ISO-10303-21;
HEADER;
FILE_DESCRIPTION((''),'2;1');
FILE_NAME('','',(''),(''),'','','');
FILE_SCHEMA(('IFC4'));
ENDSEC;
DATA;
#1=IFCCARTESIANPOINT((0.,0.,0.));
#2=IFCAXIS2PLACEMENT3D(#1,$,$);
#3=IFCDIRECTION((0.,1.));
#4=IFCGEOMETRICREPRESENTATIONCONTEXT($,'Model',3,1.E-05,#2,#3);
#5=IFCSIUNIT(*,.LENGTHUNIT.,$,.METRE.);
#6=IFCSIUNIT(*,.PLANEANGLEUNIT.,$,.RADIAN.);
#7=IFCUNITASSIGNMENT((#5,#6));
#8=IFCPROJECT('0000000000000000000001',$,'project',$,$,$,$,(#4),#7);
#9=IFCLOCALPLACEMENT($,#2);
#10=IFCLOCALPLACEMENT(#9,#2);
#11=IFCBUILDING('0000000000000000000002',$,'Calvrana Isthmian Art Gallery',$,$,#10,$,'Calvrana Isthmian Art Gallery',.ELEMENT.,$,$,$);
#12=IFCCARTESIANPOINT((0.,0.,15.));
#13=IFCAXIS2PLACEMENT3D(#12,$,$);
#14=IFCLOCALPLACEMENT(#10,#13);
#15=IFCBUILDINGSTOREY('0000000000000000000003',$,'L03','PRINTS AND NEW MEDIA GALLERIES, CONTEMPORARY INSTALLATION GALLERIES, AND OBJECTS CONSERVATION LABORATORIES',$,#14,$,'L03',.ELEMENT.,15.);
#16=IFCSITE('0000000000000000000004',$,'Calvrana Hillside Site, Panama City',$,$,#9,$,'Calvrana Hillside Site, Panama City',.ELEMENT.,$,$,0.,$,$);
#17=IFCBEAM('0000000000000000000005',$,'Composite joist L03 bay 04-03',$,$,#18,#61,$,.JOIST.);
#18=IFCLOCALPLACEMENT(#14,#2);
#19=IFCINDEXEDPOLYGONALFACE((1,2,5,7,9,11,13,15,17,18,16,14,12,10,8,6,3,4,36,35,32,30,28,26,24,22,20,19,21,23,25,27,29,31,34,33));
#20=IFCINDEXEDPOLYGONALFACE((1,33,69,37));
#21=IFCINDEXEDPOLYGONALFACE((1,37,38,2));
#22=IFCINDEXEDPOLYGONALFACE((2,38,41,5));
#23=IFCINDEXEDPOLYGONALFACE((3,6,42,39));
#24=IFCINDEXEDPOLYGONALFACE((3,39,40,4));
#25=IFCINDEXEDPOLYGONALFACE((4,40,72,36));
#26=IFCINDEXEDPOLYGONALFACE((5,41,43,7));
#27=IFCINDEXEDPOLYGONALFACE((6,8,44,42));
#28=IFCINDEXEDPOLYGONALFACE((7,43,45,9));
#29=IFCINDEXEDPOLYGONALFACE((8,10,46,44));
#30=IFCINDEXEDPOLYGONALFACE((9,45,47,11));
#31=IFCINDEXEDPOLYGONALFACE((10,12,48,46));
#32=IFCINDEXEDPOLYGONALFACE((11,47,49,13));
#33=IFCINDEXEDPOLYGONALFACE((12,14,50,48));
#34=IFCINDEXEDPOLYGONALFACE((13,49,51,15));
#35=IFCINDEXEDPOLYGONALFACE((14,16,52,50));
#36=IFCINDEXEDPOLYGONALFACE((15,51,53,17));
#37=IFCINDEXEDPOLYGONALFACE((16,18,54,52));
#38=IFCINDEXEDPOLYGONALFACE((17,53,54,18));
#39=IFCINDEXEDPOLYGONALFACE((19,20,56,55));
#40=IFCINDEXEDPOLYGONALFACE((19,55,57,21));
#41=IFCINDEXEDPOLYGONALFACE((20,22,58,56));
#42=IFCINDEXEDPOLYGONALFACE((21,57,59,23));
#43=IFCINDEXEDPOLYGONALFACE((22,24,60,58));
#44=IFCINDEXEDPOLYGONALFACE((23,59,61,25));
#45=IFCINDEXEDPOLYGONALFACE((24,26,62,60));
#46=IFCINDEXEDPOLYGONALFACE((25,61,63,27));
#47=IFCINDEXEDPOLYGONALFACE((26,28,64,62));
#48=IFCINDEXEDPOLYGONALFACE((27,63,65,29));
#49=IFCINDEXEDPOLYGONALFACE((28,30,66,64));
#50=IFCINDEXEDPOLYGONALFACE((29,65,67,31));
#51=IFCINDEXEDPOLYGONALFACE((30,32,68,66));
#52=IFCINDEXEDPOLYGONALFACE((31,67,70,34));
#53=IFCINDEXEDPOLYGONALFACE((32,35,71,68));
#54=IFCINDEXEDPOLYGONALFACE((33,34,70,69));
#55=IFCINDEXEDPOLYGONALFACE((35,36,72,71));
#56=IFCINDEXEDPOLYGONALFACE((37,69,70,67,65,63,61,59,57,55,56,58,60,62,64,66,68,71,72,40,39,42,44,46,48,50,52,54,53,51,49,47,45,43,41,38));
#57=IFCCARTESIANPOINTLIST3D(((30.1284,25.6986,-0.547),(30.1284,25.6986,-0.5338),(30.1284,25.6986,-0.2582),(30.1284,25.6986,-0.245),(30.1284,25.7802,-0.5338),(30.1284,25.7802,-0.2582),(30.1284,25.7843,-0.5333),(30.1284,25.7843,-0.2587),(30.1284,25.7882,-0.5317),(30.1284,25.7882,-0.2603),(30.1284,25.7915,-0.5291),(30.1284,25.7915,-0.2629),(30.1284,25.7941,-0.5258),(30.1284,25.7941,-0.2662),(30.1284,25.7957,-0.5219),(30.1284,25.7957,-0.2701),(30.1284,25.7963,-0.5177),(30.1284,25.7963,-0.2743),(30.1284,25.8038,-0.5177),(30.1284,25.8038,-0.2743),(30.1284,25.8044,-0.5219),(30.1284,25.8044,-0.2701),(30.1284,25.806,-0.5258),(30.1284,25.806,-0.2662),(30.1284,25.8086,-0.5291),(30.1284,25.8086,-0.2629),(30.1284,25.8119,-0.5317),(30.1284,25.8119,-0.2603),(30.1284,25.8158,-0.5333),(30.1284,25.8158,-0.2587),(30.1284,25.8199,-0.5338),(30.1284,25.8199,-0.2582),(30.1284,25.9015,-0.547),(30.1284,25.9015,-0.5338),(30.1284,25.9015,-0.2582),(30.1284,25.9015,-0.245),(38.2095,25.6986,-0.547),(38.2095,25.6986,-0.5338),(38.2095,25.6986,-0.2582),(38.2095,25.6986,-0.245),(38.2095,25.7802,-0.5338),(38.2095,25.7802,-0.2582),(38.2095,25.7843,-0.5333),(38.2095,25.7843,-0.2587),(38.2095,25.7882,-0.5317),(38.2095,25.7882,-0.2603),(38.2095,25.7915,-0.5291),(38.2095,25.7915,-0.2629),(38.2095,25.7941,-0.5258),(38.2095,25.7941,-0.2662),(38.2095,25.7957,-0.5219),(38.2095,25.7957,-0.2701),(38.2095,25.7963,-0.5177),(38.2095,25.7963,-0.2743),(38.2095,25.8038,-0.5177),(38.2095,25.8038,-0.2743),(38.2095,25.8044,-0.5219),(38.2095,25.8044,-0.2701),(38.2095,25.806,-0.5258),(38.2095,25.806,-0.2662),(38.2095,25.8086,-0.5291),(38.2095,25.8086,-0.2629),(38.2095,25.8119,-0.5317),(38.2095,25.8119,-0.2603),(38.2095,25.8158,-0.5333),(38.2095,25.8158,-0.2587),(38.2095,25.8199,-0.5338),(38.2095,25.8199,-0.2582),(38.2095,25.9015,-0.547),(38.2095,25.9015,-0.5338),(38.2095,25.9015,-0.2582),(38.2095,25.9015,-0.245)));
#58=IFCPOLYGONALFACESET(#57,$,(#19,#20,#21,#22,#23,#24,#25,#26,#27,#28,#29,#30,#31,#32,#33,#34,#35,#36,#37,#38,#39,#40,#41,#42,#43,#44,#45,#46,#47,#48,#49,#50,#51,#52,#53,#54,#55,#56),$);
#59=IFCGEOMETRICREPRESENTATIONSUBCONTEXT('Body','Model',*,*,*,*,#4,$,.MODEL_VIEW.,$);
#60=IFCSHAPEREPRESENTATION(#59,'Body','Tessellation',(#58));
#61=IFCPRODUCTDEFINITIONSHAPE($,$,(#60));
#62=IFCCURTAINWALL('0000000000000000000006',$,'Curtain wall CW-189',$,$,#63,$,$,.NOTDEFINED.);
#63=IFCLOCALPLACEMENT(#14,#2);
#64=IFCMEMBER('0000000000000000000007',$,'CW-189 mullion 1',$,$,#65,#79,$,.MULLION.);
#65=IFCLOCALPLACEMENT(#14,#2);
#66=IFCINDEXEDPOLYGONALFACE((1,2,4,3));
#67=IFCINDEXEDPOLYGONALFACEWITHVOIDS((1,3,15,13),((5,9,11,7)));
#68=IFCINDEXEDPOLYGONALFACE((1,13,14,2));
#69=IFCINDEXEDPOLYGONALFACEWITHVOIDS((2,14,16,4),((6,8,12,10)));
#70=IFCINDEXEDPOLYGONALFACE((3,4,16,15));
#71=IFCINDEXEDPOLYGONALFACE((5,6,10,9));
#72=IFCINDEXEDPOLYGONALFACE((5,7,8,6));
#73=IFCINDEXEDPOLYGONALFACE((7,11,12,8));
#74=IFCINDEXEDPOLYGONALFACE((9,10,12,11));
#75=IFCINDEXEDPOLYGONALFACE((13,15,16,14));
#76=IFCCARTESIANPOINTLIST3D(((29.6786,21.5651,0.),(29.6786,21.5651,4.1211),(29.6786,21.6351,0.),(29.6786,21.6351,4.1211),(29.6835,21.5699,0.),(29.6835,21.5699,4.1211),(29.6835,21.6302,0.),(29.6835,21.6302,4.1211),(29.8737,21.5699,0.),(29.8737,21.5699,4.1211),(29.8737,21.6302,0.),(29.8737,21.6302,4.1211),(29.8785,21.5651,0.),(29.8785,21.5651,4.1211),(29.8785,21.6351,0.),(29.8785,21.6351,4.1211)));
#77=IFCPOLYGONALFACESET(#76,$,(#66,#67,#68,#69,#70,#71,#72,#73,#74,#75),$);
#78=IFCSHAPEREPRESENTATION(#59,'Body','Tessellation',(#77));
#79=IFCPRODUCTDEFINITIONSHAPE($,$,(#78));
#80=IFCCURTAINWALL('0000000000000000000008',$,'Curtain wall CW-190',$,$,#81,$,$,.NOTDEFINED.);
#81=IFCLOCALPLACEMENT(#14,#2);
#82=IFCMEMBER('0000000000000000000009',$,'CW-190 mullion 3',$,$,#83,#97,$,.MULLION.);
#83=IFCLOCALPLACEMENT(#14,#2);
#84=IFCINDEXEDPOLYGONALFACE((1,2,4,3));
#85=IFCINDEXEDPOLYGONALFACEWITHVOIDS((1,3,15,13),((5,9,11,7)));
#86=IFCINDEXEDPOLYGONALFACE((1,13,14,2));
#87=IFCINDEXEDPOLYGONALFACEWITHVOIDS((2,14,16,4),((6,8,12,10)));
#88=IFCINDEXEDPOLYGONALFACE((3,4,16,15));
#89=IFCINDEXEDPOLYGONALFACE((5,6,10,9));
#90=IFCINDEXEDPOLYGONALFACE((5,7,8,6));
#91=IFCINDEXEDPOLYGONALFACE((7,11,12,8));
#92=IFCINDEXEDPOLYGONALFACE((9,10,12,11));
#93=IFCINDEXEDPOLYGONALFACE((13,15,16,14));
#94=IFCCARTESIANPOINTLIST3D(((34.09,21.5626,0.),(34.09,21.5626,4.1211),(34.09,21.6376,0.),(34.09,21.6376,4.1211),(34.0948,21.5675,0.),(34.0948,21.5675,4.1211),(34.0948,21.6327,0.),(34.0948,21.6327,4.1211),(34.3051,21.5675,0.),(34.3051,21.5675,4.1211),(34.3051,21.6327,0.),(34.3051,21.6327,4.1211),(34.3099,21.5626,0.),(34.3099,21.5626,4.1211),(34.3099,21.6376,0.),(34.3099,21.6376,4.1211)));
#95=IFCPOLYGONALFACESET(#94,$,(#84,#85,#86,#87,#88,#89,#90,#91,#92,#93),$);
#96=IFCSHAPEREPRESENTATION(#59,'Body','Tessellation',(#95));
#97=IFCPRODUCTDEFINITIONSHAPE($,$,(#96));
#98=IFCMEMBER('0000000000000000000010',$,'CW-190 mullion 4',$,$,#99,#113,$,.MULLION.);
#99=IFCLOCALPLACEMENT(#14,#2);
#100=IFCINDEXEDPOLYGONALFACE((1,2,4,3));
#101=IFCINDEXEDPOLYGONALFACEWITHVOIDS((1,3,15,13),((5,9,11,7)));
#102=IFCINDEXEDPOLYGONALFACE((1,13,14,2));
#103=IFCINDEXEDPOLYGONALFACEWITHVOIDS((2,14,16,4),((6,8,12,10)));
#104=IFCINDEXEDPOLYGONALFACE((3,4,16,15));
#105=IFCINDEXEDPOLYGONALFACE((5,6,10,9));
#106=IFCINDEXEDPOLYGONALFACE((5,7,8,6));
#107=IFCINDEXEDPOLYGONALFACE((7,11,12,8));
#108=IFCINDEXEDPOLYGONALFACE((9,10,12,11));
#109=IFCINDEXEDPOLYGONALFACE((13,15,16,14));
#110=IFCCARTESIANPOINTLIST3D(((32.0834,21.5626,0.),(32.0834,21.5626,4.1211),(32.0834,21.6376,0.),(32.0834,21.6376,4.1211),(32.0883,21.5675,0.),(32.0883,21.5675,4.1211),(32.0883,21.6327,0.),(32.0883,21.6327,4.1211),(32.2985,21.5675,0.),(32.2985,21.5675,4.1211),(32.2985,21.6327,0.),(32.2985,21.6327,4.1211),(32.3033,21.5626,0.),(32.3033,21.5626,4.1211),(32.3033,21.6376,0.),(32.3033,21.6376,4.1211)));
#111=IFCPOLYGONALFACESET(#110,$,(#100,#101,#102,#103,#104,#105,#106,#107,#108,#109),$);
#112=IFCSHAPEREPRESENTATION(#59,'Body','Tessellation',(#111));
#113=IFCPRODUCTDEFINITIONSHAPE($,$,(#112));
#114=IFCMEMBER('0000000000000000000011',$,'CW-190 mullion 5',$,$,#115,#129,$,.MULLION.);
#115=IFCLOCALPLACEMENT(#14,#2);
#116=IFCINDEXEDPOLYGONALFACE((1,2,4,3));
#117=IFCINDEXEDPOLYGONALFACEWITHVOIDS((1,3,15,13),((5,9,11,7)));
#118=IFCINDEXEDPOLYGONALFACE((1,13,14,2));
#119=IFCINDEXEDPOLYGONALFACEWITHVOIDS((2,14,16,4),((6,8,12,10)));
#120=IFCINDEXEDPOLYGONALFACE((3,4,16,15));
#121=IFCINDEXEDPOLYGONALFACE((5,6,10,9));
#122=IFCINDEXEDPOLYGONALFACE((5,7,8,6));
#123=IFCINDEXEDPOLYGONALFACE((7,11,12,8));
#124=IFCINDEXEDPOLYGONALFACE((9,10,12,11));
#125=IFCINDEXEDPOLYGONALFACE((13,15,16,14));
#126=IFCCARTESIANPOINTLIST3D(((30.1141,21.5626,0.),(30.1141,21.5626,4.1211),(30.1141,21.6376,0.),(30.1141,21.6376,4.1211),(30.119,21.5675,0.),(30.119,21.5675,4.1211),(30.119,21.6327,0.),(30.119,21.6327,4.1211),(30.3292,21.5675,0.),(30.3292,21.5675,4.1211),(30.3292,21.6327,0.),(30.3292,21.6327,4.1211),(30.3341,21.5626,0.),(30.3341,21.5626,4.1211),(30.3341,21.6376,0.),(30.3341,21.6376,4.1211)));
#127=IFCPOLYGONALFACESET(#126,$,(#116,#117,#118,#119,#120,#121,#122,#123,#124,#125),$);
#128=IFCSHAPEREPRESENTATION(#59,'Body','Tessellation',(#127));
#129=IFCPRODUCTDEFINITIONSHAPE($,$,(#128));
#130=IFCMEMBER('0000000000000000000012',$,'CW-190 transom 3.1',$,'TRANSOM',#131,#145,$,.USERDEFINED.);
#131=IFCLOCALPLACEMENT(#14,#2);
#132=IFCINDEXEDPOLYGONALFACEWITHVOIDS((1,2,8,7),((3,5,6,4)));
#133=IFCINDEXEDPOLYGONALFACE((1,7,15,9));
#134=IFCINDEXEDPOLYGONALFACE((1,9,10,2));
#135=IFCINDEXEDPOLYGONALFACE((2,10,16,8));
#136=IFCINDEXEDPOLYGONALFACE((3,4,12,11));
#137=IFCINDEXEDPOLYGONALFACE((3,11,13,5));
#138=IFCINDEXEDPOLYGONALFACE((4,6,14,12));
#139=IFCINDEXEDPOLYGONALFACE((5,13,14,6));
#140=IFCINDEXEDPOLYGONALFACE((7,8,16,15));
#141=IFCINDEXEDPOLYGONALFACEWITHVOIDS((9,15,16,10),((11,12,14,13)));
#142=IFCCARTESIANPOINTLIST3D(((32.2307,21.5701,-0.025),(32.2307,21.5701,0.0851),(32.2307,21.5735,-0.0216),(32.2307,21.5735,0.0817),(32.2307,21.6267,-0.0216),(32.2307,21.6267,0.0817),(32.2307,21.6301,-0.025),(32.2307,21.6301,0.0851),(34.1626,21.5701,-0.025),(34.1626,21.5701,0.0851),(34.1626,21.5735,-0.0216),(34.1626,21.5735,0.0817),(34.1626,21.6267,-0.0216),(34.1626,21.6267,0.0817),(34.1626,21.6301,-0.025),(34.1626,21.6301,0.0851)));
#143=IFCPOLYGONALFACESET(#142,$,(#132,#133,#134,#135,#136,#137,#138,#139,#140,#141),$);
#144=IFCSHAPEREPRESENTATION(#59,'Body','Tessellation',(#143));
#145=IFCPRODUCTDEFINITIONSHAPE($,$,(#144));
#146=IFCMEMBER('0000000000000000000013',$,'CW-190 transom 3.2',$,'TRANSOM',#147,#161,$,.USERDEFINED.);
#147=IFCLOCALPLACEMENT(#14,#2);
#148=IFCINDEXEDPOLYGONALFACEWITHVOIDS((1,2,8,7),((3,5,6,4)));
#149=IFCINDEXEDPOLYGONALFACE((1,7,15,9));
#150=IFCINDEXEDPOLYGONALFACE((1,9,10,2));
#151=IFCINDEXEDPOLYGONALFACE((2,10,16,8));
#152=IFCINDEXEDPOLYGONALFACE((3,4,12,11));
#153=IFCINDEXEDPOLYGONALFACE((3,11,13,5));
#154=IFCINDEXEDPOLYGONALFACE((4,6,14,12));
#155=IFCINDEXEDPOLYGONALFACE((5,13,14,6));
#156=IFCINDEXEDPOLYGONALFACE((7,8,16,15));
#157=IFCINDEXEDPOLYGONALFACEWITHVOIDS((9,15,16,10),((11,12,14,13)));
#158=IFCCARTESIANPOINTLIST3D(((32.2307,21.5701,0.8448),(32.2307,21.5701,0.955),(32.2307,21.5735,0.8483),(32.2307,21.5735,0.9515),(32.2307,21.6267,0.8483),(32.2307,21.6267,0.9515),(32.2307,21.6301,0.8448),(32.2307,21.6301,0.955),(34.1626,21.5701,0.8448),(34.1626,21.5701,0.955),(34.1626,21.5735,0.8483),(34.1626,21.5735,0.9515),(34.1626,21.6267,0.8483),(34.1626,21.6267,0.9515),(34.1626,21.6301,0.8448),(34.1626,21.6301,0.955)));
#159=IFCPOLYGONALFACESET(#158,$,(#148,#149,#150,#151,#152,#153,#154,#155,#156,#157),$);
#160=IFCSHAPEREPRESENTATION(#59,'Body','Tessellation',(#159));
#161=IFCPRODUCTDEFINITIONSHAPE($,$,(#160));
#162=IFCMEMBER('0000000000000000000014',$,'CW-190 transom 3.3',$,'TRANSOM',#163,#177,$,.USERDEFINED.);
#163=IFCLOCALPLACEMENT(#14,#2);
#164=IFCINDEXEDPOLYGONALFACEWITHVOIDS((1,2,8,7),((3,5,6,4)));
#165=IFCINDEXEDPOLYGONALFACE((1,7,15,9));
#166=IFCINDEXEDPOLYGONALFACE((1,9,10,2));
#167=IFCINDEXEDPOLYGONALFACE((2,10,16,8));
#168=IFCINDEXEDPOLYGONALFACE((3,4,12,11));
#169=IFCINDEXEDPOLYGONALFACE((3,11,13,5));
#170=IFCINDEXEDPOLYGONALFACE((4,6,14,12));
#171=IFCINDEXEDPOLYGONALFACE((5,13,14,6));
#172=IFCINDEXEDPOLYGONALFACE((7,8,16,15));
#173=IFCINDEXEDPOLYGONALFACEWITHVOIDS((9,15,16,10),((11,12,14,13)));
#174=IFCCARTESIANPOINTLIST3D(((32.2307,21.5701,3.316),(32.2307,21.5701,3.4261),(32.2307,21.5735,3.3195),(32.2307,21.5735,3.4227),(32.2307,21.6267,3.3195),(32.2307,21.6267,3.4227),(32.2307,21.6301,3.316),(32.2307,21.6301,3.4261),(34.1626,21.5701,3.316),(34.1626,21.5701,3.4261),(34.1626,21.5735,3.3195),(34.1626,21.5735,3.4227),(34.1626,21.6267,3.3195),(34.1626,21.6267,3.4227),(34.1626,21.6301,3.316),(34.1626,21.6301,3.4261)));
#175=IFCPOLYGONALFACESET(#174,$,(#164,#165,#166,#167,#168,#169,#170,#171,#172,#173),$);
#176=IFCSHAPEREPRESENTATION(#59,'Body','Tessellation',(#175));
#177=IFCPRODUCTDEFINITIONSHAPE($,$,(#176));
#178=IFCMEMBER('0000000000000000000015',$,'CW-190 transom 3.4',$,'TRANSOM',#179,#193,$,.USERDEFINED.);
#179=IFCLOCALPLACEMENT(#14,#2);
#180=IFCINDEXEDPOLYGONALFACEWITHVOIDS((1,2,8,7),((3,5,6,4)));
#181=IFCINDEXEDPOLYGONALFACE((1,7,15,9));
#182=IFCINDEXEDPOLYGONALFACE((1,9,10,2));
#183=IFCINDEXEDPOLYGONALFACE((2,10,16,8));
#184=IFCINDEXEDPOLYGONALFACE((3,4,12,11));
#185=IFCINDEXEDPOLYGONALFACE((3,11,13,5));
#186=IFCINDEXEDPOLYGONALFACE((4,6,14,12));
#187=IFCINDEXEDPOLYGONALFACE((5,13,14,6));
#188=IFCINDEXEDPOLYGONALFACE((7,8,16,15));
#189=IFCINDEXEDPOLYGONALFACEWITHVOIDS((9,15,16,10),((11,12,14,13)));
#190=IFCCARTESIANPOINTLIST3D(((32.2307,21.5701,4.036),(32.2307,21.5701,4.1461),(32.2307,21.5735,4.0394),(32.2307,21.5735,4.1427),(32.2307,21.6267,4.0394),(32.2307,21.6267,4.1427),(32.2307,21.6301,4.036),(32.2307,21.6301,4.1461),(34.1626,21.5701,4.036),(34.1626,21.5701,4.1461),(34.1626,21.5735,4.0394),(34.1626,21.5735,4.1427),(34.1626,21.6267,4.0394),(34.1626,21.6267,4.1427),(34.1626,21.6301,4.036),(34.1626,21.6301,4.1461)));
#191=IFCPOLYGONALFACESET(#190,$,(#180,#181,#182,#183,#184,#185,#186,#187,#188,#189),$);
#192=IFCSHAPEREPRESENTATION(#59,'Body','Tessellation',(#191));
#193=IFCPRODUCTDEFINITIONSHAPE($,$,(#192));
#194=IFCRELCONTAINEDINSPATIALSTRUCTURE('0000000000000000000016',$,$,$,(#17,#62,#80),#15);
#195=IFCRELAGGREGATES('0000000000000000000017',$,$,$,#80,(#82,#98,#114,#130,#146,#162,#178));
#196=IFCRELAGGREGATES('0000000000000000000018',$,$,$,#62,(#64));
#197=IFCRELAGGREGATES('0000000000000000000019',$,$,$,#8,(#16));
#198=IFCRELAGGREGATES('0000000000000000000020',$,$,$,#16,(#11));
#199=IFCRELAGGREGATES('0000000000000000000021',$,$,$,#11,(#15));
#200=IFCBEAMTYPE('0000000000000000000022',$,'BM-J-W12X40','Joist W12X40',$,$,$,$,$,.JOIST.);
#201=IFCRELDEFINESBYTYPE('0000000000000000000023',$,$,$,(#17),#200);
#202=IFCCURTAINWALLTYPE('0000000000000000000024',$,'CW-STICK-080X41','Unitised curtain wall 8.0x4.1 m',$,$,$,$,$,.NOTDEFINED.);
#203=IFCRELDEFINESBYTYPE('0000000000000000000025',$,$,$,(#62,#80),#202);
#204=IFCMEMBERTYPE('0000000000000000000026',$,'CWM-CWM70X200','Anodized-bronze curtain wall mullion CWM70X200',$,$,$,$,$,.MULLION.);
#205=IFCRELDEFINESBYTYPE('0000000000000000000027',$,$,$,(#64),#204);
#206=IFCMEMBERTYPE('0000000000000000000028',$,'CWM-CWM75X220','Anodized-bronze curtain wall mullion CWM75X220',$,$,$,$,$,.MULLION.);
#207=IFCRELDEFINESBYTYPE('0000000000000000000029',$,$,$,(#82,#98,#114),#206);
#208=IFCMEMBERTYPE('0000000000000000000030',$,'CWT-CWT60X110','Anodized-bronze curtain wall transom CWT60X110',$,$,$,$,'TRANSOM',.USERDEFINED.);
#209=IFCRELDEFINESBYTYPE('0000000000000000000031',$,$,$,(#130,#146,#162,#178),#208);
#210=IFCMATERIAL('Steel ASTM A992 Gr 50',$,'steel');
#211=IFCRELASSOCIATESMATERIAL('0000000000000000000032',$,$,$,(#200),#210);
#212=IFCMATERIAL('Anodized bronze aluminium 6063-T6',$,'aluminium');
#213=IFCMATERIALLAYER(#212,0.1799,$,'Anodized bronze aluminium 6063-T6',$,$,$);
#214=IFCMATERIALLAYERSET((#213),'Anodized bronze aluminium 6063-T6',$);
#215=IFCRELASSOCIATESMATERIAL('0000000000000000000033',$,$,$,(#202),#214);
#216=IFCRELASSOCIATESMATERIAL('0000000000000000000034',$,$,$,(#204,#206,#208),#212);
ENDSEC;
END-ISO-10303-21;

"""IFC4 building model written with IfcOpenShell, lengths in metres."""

from ifc_helpers import new_model, si_unit, direction, frame, origin, origin_2d, place, context, subcontext, project, spatial, hollow_rectangle, i_section, extrude, material, layer, layer_set, material_profile, profile_set, type_object, element, aggregate, save


model = new_model("IFC4")

# Units and contexts
model_context = context("Model", 3, precision=1e-05, world=origin(), true_north=direction((0.0, 1.0)))
body_context = subcontext(model_context, "Body", "Model", "MODEL_VIEW")
ifc_project = project(units=[si_unit("LENGTHUNIT", "METRE"), si_unit("PLANEANGLEUNIT", "RADIAN")], contexts=[model_context])

# Site, building, storey
site_placement = place(None, origin())
site = spatial("IfcSite", under=ifc_project, at=site_placement, Name="Calvrana Hillside Site, Panama City", LongName="Calvrana Hillside Site, Panama City", CompositionType="ELEMENT", RefElevation=0.0)
building_placement = place(site_placement, origin())
building = spatial("IfcBuilding", under=site, at=building_placement, Name="Calvrana Isthmian Art Gallery", LongName="Calvrana Isthmian Art Gallery", CompositionType="ELEMENT")
storey_placement = place(building_placement, frame((0.0, 0.0, 15.0)))
storey = spatial("IfcBuildingStorey", under=building, at=storey_placement, Name="L03", Description="PRINTS AND NEW MEDIA GALLERIES, CONTEMPORARY INSTALLATION GALLERIES, AND OBJECTS CONSERVATION LABORATORIES", LongName="L03", CompositionType="ELEMENT", Elevation=15.0)

# Shared definitions
ifc_material_1 = material(Name="Steel ASTM A992 Gr 50", Category="steel")

# Beam
ifc_material_profile_1 = material_profile(ifc_material_1, i_section(OverallWidth=0.2029, OverallDepth=0.302, WebThickness=0.0076, FlangeThickness=0.0132, FilletRadius=0.0161, at=origin_2d()), Name="W12X40")
ifc_profile_set_1 = profile_set([ifc_material_profile_1], Name="Steel ASTM A992 Gr 50")
beam_type_1 = type_object("IfcBeamType", Name="BM-J-W12X40", Description="Joist W12X40", PredefinedType="JOIST", material=ifc_profile_set_1)
beam_1_placement = place(storey_placement, frame((30.1284, 25.8, -0.396), z_axis=(1.0, 0.0, 0.0), x_axis=(0.0, 1.0, 0.0)))
element("IfcBeam", 1, at=beam_1_placement, inside=storey, type_object=beam_type_1, Name="Composite joist L03 bay 04-03", PredefinedType="JOIST", context=body_context, shape_type="SweptSolid", body=[
    extrude(i_section(OverallWidth=0.2029, OverallDepth=0.302, WebThickness=0.0076, FlangeThickness=0.0132, FilletRadius=0.0161, at=origin_2d()), origin(), (0.0, 0.0, 1.0), 8.0811),
])

# Curtain wall, member
ifc_material_2 = material(Name="Anodized bronze aluminium 6063-T6", Category="aluminium")
ifc_layer_1 = layer(ifc_material_2, 0.1799, Name="Anodized bronze aluminium 6063-T6")
ifc_layer_set_1 = layer_set([ifc_layer_1], Name="Anodized bronze aluminium 6063-T6")
curtain_wall_type = type_object("IfcCurtainWallType", Name="CW-STICK-080X41", Description="Unitised curtain wall 8.0x4.1 m", PredefinedType="NOTDEFINED", material=ifc_layer_set_1)
curtain_wall_1_placement = place(storey_placement, origin())
curtain_wall_1 = element("IfcCurtainWall", 2, at=curtain_wall_1_placement, inside=storey, type_object=curtain_wall_type, Name="Curtain wall CW-189", PredefinedType="NOTDEFINED")
ifc_material_profile_2 = material_profile(ifc_material_2, hollow_rectangle(XDim=0.0701, YDim=0.2, WallThickness=0.0049, at=origin_2d()), Name="CWM70X200")
ifc_profile_set_2 = profile_set([ifc_material_profile_2], Name="Anodized bronze aluminium 6063-T6")
member_type_1 = type_object("IfcMemberType", Name="CWM-CWM70X200", Description="Anodized-bronze curtain wall mullion CWM70X200", PredefinedType="MULLION", material=ifc_profile_set_2)
member_1_placement = place(storey_placement, frame((29.7786, 21.6001, 0.0), z_axis=(0.0, 0.0, 1.0), x_axis=(0.0, -1.0, 0.0)))
member_1 = element("IfcMember", 3, at=member_1_placement, type_object=member_type_1, Name="CW-189 mullion 1", PredefinedType="MULLION", context=body_context, shape_type="SweptSolid", body=[
    extrude(hollow_rectangle(XDim=0.0701, YDim=0.2, WallThickness=0.0049, at=origin_2d()), origin(), (0.0, 0.0, 1.0), 4.1211),
])

# Curtain wall, members
curtain_wall_2_placement = place(storey_placement, origin())
curtain_wall_2 = element("IfcCurtainWall", 4, at=curtain_wall_2_placement, inside=storey, type_object=curtain_wall_type, Name="Curtain wall CW-190", PredefinedType="NOTDEFINED")
ifc_material_profile_3 = material_profile(ifc_material_2, hollow_rectangle(XDim=0.075, YDim=0.22, WallThickness=0.0049, at=origin_2d()), Name="CWM75X220")
ifc_profile_set_3 = profile_set([ifc_material_profile_3], Name="Anodized bronze aluminium 6063-T6")
member_type_2 = type_object("IfcMemberType", Name="CWM-CWM75X220", Description="Anodized-bronze curtain wall mullion CWM75X220", PredefinedType="MULLION", material=ifc_profile_set_3)
member_2_placement = place(storey_placement, frame((34.2, 21.6001, 0.0), z_axis=(0.0, 0.0, 1.0), x_axis=(0.0, -1.0, 0.0)))
member_2 = element("IfcMember", 5, at=member_2_placement, type_object=member_type_2, Name="CW-190 mullion 3", PredefinedType="MULLION", context=body_context, shape_type="SweptSolid", body=[
    extrude(hollow_rectangle(XDim=0.075, YDim=0.22, WallThickness=0.0049, at=origin_2d()), origin(), (0.0, 0.0, 1.0), 4.1211),
])
member_3_placement = place(storey_placement, frame((32.1934, 21.6001, 0.0), z_axis=(0.0, 0.0, 1.0), x_axis=(0.0, -1.0, 0.0)))
member_3 = element("IfcMember", 6, at=member_3_placement, type_object=member_type_2, Name="CW-190 mullion 4", PredefinedType="MULLION", context=body_context, shape_type="SweptSolid", body=[
    extrude(hollow_rectangle(XDim=0.075, YDim=0.22, WallThickness=0.0049, at=origin_2d()), origin(), (0.0, 0.0, 1.0), 4.1211),
])
member_4_placement = place(storey_placement, frame((30.2241, 21.6001, 0.0), z_axis=(0.0, 0.0, 1.0), x_axis=(0.0, -1.0, 0.0)))
member_4 = element("IfcMember", 7, at=member_4_placement, type_object=member_type_2, Name="CW-190 mullion 5", PredefinedType="MULLION", context=body_context, shape_type="SweptSolid", body=[
    extrude(hollow_rectangle(XDim=0.075, YDim=0.22, WallThickness=0.0049, at=origin_2d()), origin(), (0.0, 0.0, 1.0), 4.1211),
])
ifc_material_profile_4 = material_profile(ifc_material_2, hollow_rectangle(XDim=0.0601, YDim=0.1101, WallThickness=0.0034, at=origin_2d()), Name="CWT60X110")
ifc_profile_set_4 = profile_set([ifc_material_profile_4], Name="Anodized bronze aluminium 6063-T6")
member_type_3 = type_object("IfcMemberType", Name="CWT-CWT60X110", Description="Anodized-bronze curtain wall transom CWT60X110", ElementType="TRANSOM", PredefinedType="USERDEFINED", material=ifc_profile_set_4)
member_5_placement = place(storey_placement, frame((34.1626, 21.6001, 0.03), z_axis=(-1.0, 0.0, 0.0), x_axis=(0.0, -1.0, 0.0)))
member_5 = element("IfcMember", 8, at=member_5_placement, type_object=member_type_3, Name="CW-190 transom 3.1", ObjectType="TRANSOM", PredefinedType="USERDEFINED", context=body_context, shape_type="SweptSolid", body=[
    extrude(hollow_rectangle(XDim=0.0601, YDim=0.1101, WallThickness=0.0034, at=origin_2d()), origin(), (0.0, 0.0, 1.0), 1.9319),
])
member_6_placement = place(storey_placement, frame((34.1626, 21.6001, 0.8999), z_axis=(-1.0, 0.0, 0.0), x_axis=(0.0, -1.0, 0.0)))
member_6 = element("IfcMember", 9, at=member_6_placement, type_object=member_type_3, Name="CW-190 transom 3.2", ObjectType="TRANSOM", PredefinedType="USERDEFINED", context=body_context, shape_type="SweptSolid", body=[
    extrude(hollow_rectangle(XDim=0.0601, YDim=0.1101, WallThickness=0.0034, at=origin_2d()), origin(), (0.0, 0.0, 1.0), 1.9319),
])
member_7_placement = place(storey_placement, frame((34.1626, 21.6001, 3.3711), z_axis=(-1.0, 0.0, 0.0), x_axis=(0.0, -1.0, 0.0)))
member_7 = element("IfcMember", 10, at=member_7_placement, type_object=member_type_3, Name="CW-190 transom 3.3", ObjectType="TRANSOM", PredefinedType="USERDEFINED", context=body_context, shape_type="SweptSolid", body=[
    extrude(hollow_rectangle(XDim=0.0601, YDim=0.1101, WallThickness=0.0034, at=origin_2d()), origin(), (0.0, 0.0, 1.0), 1.9319),
])
member_8_placement = place(storey_placement, frame((34.1626, 21.6001, 4.0911), z_axis=(-1.0, 0.0, 0.0), x_axis=(0.0, -1.0, 0.0)))
member_8 = element("IfcMember", 11, at=member_8_placement, type_object=member_type_3, Name="CW-190 transom 3.4", ObjectType="TRANSOM", PredefinedType="USERDEFINED", context=body_context, shape_type="SweptSolid", body=[
    extrude(hollow_rectangle(XDim=0.0601, YDim=0.1101, WallThickness=0.0034, at=origin_2d()), origin(), (0.0, 0.0, 1.0), 1.9319),
])

aggregate(curtain_wall_2, [member_2, member_3, member_4, member_5, member_6, member_7, member_8])
aggregate(curtain_wall_1, [member_1])

save(model, "model.ifc")
